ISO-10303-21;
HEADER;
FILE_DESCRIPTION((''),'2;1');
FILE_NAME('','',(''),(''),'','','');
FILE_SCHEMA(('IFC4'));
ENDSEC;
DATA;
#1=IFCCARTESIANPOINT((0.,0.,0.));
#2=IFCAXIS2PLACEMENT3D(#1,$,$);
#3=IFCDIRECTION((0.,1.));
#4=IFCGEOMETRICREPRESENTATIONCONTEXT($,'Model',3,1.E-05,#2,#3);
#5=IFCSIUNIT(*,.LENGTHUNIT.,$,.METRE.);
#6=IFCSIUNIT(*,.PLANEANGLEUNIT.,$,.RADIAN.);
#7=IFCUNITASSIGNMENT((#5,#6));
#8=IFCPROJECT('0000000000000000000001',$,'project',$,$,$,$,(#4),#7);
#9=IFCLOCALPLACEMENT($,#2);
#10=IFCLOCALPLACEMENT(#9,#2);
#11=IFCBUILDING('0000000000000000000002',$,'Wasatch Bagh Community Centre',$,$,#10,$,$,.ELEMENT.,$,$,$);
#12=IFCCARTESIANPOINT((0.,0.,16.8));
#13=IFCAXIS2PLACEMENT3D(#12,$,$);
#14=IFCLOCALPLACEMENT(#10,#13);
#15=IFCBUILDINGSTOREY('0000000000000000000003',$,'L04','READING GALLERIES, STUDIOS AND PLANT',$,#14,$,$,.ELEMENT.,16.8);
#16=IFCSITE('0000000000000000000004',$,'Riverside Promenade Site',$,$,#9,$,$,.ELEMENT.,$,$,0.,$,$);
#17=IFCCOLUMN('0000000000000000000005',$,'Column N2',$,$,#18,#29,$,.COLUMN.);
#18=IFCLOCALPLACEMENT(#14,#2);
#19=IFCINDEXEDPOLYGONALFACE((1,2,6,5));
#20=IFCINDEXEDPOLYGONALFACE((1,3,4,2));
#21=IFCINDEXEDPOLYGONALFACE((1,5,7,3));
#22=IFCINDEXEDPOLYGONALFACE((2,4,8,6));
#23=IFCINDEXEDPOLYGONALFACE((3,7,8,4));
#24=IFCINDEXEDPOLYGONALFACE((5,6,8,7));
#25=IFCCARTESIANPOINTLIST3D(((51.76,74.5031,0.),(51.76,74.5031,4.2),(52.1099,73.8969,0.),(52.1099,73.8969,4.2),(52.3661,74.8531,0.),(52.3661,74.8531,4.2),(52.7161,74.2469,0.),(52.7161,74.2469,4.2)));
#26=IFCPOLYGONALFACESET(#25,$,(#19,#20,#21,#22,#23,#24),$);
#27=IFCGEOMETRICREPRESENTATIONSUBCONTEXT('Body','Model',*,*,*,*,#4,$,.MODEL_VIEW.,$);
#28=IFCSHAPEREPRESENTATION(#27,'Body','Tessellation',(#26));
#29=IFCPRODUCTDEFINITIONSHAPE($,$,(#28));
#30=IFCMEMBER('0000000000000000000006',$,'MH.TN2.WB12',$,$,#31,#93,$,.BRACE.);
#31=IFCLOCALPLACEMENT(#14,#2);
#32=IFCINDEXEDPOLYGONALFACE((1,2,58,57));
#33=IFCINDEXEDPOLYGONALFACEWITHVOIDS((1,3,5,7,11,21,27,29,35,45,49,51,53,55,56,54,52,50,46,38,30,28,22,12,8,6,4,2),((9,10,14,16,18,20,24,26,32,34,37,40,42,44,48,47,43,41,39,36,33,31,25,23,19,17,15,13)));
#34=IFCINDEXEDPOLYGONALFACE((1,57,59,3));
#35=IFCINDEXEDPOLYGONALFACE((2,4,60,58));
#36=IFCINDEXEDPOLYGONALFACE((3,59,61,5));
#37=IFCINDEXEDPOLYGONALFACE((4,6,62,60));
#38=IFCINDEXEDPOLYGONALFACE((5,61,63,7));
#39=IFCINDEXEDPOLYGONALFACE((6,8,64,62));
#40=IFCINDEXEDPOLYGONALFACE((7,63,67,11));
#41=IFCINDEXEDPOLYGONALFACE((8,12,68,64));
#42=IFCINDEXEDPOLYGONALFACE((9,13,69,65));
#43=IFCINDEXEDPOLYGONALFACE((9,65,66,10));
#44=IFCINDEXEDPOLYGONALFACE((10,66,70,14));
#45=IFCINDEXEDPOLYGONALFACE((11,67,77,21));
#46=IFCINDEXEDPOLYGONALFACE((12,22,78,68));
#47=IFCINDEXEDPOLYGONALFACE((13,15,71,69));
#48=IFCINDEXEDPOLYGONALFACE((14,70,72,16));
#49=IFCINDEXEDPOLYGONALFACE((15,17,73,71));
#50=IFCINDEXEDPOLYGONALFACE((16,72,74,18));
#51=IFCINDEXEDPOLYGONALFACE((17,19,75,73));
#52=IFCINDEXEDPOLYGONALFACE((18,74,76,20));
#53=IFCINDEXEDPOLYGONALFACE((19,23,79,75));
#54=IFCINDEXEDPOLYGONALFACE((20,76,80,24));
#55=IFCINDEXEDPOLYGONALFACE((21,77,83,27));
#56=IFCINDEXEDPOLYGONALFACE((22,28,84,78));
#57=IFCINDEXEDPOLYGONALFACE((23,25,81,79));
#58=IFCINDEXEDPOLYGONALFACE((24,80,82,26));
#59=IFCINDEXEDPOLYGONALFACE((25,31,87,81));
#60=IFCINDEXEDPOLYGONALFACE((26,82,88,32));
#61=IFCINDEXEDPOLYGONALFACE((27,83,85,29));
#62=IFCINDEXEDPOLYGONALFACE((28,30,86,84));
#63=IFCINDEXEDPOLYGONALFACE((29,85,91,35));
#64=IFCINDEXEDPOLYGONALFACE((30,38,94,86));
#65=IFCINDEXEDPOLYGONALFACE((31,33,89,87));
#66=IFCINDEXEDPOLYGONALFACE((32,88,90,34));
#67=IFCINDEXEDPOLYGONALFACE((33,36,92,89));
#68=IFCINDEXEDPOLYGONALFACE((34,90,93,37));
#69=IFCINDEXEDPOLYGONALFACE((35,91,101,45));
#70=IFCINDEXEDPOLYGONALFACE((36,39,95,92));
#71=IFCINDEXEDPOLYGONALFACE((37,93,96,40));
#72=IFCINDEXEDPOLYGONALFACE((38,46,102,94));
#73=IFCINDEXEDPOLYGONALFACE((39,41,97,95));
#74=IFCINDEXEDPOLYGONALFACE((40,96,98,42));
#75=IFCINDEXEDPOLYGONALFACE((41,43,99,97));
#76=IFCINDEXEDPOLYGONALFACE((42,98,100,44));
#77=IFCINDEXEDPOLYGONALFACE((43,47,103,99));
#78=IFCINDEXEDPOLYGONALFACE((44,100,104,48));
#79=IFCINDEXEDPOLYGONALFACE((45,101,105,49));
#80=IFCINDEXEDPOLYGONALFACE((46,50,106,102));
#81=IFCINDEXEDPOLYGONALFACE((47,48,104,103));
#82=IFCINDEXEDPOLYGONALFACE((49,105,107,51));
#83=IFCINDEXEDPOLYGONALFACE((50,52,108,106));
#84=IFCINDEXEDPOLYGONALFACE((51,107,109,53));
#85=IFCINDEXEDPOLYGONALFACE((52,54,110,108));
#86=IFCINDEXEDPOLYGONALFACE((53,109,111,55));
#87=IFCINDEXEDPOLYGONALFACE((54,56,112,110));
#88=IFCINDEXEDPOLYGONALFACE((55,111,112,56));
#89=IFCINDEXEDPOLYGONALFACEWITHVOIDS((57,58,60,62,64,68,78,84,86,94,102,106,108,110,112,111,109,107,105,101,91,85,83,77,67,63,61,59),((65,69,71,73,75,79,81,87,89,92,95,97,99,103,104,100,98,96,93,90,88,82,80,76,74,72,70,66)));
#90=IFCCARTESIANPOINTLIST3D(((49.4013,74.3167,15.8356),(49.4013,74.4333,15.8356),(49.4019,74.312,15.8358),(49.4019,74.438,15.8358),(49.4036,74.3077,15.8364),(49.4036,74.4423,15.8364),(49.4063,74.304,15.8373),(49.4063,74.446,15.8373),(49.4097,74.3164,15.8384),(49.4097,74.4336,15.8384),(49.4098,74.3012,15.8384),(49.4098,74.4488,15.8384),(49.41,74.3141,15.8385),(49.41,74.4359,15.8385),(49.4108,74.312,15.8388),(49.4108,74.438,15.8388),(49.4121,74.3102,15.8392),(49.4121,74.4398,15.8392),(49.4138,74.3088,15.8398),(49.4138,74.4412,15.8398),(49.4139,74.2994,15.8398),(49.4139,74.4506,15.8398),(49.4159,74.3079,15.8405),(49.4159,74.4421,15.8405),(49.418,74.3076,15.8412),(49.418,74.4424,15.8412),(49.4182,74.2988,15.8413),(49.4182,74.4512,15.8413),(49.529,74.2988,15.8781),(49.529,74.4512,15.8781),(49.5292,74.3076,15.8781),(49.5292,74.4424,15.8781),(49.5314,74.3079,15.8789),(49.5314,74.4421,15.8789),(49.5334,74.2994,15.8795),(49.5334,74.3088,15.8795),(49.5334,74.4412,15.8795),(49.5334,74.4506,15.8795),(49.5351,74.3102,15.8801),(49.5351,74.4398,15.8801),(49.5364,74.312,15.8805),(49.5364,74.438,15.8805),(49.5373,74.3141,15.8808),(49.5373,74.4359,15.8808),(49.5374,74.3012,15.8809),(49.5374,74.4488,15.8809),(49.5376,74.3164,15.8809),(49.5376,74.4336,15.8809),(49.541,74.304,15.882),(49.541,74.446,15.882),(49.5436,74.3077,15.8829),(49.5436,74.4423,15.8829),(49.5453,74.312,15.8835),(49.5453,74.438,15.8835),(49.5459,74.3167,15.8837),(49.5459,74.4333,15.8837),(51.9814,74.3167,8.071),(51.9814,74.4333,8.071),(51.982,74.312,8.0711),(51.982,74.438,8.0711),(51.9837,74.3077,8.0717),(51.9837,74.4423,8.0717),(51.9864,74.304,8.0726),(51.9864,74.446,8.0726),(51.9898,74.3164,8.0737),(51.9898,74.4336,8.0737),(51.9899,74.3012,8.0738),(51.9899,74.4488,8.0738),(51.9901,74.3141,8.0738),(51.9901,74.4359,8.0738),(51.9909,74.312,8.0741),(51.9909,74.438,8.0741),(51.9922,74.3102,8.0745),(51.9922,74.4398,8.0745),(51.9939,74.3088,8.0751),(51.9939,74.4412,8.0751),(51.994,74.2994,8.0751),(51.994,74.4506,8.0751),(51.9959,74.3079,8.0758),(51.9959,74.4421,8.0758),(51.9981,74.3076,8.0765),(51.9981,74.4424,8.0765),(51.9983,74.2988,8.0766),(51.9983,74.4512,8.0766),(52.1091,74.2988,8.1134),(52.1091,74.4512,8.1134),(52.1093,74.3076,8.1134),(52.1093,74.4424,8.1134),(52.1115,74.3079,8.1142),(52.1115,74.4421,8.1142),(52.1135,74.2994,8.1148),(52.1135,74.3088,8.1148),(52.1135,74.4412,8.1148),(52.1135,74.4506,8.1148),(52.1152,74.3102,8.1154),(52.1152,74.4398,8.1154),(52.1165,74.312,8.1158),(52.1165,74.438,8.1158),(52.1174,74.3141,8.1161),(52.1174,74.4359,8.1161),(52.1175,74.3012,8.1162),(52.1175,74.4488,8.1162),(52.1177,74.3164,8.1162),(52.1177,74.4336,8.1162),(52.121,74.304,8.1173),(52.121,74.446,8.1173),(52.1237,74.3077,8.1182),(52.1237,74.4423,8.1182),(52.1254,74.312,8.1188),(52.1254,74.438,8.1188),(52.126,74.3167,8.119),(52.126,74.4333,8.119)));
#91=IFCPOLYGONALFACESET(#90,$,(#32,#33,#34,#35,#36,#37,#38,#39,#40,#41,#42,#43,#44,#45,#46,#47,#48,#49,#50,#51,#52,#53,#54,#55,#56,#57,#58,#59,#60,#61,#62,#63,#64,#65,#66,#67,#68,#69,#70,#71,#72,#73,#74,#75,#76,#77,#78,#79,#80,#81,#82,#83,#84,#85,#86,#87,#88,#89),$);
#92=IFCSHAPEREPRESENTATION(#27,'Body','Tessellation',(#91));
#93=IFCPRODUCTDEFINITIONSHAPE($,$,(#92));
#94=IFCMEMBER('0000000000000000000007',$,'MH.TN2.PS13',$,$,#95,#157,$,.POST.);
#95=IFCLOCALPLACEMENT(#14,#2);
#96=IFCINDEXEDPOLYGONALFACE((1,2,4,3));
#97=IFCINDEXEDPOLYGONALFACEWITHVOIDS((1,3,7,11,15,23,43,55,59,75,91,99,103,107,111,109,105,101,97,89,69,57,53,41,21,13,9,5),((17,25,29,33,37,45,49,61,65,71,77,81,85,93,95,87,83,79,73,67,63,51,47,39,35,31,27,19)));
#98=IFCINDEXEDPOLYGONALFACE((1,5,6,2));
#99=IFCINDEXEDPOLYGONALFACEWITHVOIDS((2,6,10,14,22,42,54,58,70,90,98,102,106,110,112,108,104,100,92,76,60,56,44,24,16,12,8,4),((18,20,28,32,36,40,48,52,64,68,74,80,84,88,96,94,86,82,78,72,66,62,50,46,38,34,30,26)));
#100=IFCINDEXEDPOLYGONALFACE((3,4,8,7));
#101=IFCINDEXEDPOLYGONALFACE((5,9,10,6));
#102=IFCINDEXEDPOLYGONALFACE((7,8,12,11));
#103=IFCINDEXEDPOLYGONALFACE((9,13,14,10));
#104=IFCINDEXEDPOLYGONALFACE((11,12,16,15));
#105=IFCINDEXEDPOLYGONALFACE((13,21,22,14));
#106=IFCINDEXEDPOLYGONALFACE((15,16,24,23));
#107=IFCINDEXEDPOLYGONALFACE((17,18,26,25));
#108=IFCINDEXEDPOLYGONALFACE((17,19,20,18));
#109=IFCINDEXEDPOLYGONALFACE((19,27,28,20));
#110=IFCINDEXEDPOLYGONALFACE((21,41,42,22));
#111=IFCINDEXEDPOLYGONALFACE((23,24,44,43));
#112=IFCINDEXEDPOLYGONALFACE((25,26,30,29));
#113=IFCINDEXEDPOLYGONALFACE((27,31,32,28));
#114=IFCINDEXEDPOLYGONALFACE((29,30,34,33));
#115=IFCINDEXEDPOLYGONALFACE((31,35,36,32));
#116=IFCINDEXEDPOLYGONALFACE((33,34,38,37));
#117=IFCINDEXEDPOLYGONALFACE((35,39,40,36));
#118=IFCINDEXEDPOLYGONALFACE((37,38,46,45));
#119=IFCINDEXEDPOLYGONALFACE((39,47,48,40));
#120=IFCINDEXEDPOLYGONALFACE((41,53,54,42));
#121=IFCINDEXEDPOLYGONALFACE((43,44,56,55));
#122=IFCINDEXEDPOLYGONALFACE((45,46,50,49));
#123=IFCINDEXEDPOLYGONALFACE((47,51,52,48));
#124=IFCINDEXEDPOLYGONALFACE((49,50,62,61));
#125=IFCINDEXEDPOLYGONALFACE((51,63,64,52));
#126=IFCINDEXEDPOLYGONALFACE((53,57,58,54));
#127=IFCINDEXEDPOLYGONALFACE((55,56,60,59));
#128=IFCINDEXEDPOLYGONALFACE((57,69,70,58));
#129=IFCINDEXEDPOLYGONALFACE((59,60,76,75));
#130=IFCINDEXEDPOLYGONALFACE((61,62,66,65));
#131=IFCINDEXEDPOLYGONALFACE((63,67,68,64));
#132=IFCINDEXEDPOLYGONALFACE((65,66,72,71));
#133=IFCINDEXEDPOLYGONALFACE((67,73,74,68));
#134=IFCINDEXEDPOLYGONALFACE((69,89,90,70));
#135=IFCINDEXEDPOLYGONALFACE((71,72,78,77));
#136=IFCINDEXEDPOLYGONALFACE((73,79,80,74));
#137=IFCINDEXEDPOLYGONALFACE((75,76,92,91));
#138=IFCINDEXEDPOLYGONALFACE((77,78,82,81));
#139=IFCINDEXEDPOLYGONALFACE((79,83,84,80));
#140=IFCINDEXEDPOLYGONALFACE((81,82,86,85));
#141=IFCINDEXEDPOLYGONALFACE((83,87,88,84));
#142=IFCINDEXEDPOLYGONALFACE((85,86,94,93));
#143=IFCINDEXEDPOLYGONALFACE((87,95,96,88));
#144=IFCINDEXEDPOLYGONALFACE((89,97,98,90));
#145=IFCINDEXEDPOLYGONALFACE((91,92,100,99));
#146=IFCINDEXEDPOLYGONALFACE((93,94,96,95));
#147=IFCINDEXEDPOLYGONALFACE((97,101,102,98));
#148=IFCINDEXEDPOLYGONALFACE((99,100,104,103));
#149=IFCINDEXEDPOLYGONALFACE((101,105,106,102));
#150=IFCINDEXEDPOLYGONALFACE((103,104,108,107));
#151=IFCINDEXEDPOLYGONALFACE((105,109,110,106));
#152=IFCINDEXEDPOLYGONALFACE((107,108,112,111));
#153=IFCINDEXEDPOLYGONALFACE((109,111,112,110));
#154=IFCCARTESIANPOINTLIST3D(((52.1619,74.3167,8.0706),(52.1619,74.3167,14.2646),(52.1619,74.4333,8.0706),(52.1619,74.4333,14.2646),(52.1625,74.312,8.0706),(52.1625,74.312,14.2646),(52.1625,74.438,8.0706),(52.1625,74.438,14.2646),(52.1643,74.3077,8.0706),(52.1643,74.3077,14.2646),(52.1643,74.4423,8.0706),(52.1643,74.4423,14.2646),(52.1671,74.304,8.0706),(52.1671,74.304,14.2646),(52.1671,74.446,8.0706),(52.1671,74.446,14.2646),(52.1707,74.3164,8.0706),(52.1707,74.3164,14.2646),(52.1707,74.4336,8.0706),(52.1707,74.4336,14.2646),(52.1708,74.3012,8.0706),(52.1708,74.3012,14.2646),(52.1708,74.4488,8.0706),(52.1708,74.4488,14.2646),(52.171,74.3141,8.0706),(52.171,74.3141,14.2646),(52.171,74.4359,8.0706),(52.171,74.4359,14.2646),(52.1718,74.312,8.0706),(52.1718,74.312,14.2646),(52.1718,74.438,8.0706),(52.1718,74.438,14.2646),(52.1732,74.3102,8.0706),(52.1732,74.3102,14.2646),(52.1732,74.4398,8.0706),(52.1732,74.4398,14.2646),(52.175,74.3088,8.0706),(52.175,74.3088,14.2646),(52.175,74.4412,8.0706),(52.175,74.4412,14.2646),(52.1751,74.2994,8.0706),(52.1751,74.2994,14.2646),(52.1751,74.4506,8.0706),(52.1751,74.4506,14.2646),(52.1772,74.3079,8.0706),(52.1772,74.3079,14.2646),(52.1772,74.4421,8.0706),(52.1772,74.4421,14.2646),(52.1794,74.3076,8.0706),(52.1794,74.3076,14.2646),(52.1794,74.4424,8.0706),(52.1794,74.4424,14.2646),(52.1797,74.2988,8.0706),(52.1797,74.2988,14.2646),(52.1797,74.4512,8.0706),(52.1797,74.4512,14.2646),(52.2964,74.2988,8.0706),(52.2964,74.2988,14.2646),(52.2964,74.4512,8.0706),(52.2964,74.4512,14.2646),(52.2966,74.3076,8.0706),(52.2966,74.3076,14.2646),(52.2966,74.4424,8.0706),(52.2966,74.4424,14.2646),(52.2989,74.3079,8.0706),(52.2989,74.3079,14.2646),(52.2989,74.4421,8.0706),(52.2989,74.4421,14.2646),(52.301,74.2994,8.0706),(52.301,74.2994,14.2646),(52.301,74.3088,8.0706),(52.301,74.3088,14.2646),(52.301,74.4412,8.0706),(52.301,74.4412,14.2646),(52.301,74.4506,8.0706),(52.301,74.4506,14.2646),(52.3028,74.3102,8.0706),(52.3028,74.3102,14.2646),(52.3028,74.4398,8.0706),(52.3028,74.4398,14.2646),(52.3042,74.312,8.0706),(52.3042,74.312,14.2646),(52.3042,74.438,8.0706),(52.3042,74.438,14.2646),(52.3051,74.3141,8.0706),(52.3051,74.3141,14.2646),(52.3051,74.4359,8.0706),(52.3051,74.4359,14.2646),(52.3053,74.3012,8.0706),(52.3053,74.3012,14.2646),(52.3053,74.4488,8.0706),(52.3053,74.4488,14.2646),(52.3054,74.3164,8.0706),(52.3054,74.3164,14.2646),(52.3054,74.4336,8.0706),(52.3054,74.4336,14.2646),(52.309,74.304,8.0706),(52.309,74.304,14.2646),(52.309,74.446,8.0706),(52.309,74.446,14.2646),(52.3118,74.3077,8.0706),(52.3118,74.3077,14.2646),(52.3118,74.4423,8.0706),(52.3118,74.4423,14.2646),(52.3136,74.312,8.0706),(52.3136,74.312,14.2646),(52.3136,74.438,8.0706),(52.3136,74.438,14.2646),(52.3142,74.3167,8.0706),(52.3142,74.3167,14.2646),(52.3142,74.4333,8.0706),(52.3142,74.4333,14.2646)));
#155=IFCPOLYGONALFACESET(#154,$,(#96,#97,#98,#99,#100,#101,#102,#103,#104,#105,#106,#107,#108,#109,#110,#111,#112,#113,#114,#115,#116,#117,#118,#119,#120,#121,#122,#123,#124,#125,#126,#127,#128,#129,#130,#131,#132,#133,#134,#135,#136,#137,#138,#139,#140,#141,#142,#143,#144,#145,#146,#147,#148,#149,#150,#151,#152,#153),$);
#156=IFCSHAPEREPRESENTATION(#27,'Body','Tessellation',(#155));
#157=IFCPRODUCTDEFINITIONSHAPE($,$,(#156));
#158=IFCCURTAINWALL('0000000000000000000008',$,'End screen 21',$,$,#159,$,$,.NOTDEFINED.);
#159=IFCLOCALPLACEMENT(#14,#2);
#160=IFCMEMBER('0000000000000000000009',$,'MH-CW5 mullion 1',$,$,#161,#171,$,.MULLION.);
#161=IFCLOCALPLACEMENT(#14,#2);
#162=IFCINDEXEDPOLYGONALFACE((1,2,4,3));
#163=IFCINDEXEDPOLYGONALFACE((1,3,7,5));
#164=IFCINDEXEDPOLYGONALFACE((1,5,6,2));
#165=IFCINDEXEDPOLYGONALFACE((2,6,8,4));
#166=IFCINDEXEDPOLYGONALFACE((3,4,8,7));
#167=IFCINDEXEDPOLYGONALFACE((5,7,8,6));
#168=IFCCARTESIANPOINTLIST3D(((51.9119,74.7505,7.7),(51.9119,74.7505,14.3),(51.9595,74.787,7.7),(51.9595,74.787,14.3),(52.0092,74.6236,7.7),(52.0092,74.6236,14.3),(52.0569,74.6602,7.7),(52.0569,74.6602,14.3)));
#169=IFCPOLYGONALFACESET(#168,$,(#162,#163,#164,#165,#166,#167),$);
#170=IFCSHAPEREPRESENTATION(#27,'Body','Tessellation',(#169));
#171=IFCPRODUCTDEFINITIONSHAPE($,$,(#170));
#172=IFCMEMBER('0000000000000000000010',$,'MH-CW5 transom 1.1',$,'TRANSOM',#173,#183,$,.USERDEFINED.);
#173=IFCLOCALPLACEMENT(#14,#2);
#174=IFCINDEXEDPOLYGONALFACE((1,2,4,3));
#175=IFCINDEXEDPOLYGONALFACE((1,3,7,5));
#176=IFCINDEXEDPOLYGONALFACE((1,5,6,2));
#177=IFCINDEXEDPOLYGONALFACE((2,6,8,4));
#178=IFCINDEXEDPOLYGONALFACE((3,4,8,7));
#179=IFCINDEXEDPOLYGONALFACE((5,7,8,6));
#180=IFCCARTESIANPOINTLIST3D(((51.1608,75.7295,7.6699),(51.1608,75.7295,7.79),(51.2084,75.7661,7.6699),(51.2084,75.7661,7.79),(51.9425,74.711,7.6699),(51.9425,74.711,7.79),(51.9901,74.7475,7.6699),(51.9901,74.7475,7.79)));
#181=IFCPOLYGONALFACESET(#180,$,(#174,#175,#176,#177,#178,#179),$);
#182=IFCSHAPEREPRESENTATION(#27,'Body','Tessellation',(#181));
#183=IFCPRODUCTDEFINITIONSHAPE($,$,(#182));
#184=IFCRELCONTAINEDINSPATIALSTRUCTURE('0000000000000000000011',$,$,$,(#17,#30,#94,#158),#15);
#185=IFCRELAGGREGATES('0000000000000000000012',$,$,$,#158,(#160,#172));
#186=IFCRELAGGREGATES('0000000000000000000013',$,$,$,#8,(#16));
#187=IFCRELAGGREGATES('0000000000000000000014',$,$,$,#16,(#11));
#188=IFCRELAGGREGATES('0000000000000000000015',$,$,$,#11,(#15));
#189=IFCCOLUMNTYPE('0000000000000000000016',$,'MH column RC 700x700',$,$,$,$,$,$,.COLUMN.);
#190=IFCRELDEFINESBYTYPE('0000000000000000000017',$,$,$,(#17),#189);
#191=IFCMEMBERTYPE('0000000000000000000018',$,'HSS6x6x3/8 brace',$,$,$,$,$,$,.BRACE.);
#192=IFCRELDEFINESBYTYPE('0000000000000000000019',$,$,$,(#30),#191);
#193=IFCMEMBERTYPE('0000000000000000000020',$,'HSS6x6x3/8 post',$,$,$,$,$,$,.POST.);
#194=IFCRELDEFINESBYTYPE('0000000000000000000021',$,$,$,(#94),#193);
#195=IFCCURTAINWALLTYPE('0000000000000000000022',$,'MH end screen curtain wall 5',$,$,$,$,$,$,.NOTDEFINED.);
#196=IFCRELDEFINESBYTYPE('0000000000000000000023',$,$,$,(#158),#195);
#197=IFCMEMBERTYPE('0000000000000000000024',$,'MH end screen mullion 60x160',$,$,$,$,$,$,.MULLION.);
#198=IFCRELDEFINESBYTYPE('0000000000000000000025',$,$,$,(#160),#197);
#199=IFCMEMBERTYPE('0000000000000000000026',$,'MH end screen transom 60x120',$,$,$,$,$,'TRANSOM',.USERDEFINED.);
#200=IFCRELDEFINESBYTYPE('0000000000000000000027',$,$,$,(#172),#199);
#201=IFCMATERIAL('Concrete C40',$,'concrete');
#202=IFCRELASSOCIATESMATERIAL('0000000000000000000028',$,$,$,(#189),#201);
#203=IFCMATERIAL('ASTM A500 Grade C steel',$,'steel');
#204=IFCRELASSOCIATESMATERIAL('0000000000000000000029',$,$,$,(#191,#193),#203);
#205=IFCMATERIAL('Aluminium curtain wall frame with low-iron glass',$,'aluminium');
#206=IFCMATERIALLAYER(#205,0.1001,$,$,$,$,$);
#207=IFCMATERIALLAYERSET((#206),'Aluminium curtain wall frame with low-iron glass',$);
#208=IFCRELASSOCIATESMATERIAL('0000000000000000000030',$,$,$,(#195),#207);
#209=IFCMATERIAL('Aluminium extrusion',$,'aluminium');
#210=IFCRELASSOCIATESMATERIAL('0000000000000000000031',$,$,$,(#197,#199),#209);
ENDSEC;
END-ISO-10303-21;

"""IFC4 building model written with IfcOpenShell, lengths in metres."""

from ifc_helpers import new_model, si_unit, direction, frame, origin, origin_2d, place, context, subcontext, project, spatial, rectangle, hollow_rectangle, extrude, material, layer, layer_set, material_profile, profile_set, type_object, element, aggregate, save


model = new_model("IFC4")

# Units and contexts
model_context = context("Model", 3, precision=1e-05, world=origin(), true_north=direction((0.0, 1.0)))
body_context = subcontext(model_context, "Body", "Model", "MODEL_VIEW")
ifc_project = project(units=[si_unit("LENGTHUNIT", "METRE"), si_unit("PLANEANGLEUNIT", "RADIAN")], contexts=[model_context])

# Site, building, storey
site_placement = place(None, origin())
site = spatial("IfcSite", under=ifc_project, at=site_placement, Name="Riverside Promenade Site", CompositionType="ELEMENT", RefElevation=0.0)
building_placement = place(site_placement, origin())
building = spatial("IfcBuilding", under=site, at=building_placement, Name="Wasatch Bagh Community Centre", CompositionType="ELEMENT")
storey_placement = place(building_placement, frame((0.0, 0.0, 16.8)))
storey = spatial("IfcBuildingStorey", under=building, at=storey_placement, Name="L04", Description="READING GALLERIES, STUDIOS AND PLANT", CompositionType="ELEMENT", Elevation=16.8)

# Column
ifc_material_1 = material(Name="Concrete C40", Category="concrete")
ifc_material_profile_1 = material_profile(ifc_material_1, rectangle(XDim=0.7, YDim=0.7, at=origin_2d()), Name="RC 700x700")
ifc_profile_set_1 = profile_set([ifc_material_profile_1], Name="Concrete C40")
column_type = type_object("IfcColumnType", Name="MH column RC 700x700", PredefinedType="COLUMN", material=ifc_profile_set_1)
column_placement = place(storey_placement, frame((52.238, 74.375, 0.0), z_axis=(0.0, 0.0, 1.0), x_axis=(0.866025, 0.5, 0.0)))
element("IfcColumn", 1, at=column_placement, inside=storey, type_object=column_type, Name="Column N2", PredefinedType="COLUMN", context=body_context, shape_type="SweptSolid", body=[
    extrude(rectangle(XDim=0.7, YDim=0.7, at=origin_2d()), origin(), (0.0, 0.0, 1.0), 4.2),
])

# Members
ifc_material_2 = material(Name="ASTM A500 Grade C steel", Category="steel")
ifc_material_profile_2 = material_profile(ifc_material_2, hollow_rectangle(XDim=0.1523, YDim=0.1523, WallThickness=0.0088, InnerFilletRadius=0.0088, OuterFilletRadius=0.0178, at=origin_2d()), Name="HSS6x6x3/8")
ifc_profile_set_2 = profile_set([ifc_material_profile_2], Name="ASTM A500 Grade C steel")
member_type_1 = type_object("IfcMemberType", Name="HSS6x6x3/8 brace", PredefinedType="BRACE", material=ifc_profile_set_2)
member_1_placement = place(storey_placement, frame((52.0537, 74.375, 8.095), z_axis=(-0.315332, 0.0, 0.948981), x_axis=(0.0, -1.0, 0.0)))
element("IfcMember", 2, at=member_1_placement, inside=storey, type_object=member_type_1, Name="MH.TN2.WB12", PredefinedType="BRACE", context=body_context, shape_type="SweptSolid", body=[
    extrude(hollow_rectangle(XDim=0.1523, YDim=0.1523, WallThickness=0.0088, InnerFilletRadius=0.0088, OuterFilletRadius=0.0178, at=origin_2d()), origin(), (0.0, 0.0, 1.0), 8.1821),
])
ifc_material_profile_3 = material_profile(ifc_material_2, hollow_rectangle(XDim=0.1523, YDim=0.1523, WallThickness=0.0088, InnerFilletRadius=0.0088, OuterFilletRadius=0.0178, at=origin_2d()), Name="HSS6x6x3/8")
ifc_profile_set_3 = profile_set([ifc_material_profile_3], Name="ASTM A500 Grade C steel")
member_type_2 = type_object("IfcMemberType", Name="HSS6x6x3/8 post", PredefinedType="POST", material=ifc_profile_set_3)
member_2_placement = place(storey_placement, frame((52.238, 74.375, 8.0706), z_axis=(0.0, 0.0, 1.0), x_axis=(1.0, 0.0, 0.0)))
element("IfcMember", 3, at=member_2_placement, inside=storey, type_object=member_type_2, Name="MH.TN2.PS13", PredefinedType="POST", context=body_context, shape_type="SweptSolid", body=[
    extrude(hollow_rectangle(XDim=0.1523, YDim=0.1523, WallThickness=0.0088, InnerFilletRadius=0.0088, OuterFilletRadius=0.0178, at=origin_2d()), origin(), (0.0, 0.0, 1.0), 6.1941),
])

# Curtain wall, members
ifc_material_3 = material(Name="Aluminium curtain wall frame with low-iron glass", Category="aluminium")
ifc_layer_1 = layer(ifc_material_3, 0.1001)
ifc_layer_set_1 = layer_set([ifc_layer_1], Name="Aluminium curtain wall frame with low-iron glass")
curtain_wall_type = type_object("IfcCurtainWallType", Name="MH end screen curtain wall 5", PredefinedType="NOTDEFINED", material=ifc_layer_set_1)
curtain_wall_placement = place(storey_placement, origin())
curtain_wall = element("IfcCurtainWall", 4, at=curtain_wall_placement, inside=storey, type_object=curtain_wall_type, Name="End screen 21", PredefinedType="NOTDEFINED")
ifc_material_4 = material(Name="Aluminium extrusion", Category="aluminium")
ifc_material_profile_4 = material_profile(ifc_material_4, rectangle(XDim=0.0601, YDim=0.1599, at=origin_2d()), Name="AL 60x160")
ifc_profile_set_4 = profile_set([ifc_material_profile_4], Name="Aluminium extrusion")
member_type_3 = type_object("IfcMemberType", Name="MH end screen mullion 60x160", PredefinedType="MULLION", material=ifc_profile_set_4)
member_3_placement = place(storey_placement, frame((51.9844, 74.7053, 7.7), z_axis=(0.0, 0.0, 1.0), x_axis=(-0.793353, -0.608761, 0.0)))
member_3 = element("IfcMember", 5, at=member_3_placement, type_object=member_type_3, Name="MH-CW5 mullion 1", PredefinedType="MULLION", context=body_context, shape_type="SweptSolid", body=[
    extrude(rectangle(XDim=0.0601, YDim=0.1599, at=origin_2d()), origin(), (0.0, 0.0, 1.0), 6.6001),
])
ifc_material_profile_5 = material_profile(ifc_material_4, rectangle(XDim=0.0601, YDim=0.1201, at=origin_2d()), Name="AL 60x120")
ifc_profile_set_5 = profile_set([ifc_material_profile_5], Name="Aluminium extrusion")
member_type_4 = type_object("IfcMemberType", Name="MH end screen transom 60x120", ElementType="TRANSOM", PredefinedType="USERDEFINED", material=ifc_profile_set_5)
member_4_placement = place(storey_placement, frame((51.9663, 74.7292, 7.73), z_axis=(-0.608847, 0.793288, 0.0), x_axis=(-0.793288, -0.608847, 0.0)))
member_4 = element("IfcMember", 6, at=member_4_placement, type_object=member_type_4, Name="MH-CW5 transom 1.1", ObjectType="TRANSOM", PredefinedType="USERDEFINED", context=body_context, shape_type="SweptSolid", body=[
    extrude(rectangle(XDim=0.0601, YDim=0.1201, at=origin_2d()), origin(), (0.0, 0.0, 1.0), 1.2839),
])

aggregate(curtain_wall, [member_3, member_4])

save(model, "model.ifc")
